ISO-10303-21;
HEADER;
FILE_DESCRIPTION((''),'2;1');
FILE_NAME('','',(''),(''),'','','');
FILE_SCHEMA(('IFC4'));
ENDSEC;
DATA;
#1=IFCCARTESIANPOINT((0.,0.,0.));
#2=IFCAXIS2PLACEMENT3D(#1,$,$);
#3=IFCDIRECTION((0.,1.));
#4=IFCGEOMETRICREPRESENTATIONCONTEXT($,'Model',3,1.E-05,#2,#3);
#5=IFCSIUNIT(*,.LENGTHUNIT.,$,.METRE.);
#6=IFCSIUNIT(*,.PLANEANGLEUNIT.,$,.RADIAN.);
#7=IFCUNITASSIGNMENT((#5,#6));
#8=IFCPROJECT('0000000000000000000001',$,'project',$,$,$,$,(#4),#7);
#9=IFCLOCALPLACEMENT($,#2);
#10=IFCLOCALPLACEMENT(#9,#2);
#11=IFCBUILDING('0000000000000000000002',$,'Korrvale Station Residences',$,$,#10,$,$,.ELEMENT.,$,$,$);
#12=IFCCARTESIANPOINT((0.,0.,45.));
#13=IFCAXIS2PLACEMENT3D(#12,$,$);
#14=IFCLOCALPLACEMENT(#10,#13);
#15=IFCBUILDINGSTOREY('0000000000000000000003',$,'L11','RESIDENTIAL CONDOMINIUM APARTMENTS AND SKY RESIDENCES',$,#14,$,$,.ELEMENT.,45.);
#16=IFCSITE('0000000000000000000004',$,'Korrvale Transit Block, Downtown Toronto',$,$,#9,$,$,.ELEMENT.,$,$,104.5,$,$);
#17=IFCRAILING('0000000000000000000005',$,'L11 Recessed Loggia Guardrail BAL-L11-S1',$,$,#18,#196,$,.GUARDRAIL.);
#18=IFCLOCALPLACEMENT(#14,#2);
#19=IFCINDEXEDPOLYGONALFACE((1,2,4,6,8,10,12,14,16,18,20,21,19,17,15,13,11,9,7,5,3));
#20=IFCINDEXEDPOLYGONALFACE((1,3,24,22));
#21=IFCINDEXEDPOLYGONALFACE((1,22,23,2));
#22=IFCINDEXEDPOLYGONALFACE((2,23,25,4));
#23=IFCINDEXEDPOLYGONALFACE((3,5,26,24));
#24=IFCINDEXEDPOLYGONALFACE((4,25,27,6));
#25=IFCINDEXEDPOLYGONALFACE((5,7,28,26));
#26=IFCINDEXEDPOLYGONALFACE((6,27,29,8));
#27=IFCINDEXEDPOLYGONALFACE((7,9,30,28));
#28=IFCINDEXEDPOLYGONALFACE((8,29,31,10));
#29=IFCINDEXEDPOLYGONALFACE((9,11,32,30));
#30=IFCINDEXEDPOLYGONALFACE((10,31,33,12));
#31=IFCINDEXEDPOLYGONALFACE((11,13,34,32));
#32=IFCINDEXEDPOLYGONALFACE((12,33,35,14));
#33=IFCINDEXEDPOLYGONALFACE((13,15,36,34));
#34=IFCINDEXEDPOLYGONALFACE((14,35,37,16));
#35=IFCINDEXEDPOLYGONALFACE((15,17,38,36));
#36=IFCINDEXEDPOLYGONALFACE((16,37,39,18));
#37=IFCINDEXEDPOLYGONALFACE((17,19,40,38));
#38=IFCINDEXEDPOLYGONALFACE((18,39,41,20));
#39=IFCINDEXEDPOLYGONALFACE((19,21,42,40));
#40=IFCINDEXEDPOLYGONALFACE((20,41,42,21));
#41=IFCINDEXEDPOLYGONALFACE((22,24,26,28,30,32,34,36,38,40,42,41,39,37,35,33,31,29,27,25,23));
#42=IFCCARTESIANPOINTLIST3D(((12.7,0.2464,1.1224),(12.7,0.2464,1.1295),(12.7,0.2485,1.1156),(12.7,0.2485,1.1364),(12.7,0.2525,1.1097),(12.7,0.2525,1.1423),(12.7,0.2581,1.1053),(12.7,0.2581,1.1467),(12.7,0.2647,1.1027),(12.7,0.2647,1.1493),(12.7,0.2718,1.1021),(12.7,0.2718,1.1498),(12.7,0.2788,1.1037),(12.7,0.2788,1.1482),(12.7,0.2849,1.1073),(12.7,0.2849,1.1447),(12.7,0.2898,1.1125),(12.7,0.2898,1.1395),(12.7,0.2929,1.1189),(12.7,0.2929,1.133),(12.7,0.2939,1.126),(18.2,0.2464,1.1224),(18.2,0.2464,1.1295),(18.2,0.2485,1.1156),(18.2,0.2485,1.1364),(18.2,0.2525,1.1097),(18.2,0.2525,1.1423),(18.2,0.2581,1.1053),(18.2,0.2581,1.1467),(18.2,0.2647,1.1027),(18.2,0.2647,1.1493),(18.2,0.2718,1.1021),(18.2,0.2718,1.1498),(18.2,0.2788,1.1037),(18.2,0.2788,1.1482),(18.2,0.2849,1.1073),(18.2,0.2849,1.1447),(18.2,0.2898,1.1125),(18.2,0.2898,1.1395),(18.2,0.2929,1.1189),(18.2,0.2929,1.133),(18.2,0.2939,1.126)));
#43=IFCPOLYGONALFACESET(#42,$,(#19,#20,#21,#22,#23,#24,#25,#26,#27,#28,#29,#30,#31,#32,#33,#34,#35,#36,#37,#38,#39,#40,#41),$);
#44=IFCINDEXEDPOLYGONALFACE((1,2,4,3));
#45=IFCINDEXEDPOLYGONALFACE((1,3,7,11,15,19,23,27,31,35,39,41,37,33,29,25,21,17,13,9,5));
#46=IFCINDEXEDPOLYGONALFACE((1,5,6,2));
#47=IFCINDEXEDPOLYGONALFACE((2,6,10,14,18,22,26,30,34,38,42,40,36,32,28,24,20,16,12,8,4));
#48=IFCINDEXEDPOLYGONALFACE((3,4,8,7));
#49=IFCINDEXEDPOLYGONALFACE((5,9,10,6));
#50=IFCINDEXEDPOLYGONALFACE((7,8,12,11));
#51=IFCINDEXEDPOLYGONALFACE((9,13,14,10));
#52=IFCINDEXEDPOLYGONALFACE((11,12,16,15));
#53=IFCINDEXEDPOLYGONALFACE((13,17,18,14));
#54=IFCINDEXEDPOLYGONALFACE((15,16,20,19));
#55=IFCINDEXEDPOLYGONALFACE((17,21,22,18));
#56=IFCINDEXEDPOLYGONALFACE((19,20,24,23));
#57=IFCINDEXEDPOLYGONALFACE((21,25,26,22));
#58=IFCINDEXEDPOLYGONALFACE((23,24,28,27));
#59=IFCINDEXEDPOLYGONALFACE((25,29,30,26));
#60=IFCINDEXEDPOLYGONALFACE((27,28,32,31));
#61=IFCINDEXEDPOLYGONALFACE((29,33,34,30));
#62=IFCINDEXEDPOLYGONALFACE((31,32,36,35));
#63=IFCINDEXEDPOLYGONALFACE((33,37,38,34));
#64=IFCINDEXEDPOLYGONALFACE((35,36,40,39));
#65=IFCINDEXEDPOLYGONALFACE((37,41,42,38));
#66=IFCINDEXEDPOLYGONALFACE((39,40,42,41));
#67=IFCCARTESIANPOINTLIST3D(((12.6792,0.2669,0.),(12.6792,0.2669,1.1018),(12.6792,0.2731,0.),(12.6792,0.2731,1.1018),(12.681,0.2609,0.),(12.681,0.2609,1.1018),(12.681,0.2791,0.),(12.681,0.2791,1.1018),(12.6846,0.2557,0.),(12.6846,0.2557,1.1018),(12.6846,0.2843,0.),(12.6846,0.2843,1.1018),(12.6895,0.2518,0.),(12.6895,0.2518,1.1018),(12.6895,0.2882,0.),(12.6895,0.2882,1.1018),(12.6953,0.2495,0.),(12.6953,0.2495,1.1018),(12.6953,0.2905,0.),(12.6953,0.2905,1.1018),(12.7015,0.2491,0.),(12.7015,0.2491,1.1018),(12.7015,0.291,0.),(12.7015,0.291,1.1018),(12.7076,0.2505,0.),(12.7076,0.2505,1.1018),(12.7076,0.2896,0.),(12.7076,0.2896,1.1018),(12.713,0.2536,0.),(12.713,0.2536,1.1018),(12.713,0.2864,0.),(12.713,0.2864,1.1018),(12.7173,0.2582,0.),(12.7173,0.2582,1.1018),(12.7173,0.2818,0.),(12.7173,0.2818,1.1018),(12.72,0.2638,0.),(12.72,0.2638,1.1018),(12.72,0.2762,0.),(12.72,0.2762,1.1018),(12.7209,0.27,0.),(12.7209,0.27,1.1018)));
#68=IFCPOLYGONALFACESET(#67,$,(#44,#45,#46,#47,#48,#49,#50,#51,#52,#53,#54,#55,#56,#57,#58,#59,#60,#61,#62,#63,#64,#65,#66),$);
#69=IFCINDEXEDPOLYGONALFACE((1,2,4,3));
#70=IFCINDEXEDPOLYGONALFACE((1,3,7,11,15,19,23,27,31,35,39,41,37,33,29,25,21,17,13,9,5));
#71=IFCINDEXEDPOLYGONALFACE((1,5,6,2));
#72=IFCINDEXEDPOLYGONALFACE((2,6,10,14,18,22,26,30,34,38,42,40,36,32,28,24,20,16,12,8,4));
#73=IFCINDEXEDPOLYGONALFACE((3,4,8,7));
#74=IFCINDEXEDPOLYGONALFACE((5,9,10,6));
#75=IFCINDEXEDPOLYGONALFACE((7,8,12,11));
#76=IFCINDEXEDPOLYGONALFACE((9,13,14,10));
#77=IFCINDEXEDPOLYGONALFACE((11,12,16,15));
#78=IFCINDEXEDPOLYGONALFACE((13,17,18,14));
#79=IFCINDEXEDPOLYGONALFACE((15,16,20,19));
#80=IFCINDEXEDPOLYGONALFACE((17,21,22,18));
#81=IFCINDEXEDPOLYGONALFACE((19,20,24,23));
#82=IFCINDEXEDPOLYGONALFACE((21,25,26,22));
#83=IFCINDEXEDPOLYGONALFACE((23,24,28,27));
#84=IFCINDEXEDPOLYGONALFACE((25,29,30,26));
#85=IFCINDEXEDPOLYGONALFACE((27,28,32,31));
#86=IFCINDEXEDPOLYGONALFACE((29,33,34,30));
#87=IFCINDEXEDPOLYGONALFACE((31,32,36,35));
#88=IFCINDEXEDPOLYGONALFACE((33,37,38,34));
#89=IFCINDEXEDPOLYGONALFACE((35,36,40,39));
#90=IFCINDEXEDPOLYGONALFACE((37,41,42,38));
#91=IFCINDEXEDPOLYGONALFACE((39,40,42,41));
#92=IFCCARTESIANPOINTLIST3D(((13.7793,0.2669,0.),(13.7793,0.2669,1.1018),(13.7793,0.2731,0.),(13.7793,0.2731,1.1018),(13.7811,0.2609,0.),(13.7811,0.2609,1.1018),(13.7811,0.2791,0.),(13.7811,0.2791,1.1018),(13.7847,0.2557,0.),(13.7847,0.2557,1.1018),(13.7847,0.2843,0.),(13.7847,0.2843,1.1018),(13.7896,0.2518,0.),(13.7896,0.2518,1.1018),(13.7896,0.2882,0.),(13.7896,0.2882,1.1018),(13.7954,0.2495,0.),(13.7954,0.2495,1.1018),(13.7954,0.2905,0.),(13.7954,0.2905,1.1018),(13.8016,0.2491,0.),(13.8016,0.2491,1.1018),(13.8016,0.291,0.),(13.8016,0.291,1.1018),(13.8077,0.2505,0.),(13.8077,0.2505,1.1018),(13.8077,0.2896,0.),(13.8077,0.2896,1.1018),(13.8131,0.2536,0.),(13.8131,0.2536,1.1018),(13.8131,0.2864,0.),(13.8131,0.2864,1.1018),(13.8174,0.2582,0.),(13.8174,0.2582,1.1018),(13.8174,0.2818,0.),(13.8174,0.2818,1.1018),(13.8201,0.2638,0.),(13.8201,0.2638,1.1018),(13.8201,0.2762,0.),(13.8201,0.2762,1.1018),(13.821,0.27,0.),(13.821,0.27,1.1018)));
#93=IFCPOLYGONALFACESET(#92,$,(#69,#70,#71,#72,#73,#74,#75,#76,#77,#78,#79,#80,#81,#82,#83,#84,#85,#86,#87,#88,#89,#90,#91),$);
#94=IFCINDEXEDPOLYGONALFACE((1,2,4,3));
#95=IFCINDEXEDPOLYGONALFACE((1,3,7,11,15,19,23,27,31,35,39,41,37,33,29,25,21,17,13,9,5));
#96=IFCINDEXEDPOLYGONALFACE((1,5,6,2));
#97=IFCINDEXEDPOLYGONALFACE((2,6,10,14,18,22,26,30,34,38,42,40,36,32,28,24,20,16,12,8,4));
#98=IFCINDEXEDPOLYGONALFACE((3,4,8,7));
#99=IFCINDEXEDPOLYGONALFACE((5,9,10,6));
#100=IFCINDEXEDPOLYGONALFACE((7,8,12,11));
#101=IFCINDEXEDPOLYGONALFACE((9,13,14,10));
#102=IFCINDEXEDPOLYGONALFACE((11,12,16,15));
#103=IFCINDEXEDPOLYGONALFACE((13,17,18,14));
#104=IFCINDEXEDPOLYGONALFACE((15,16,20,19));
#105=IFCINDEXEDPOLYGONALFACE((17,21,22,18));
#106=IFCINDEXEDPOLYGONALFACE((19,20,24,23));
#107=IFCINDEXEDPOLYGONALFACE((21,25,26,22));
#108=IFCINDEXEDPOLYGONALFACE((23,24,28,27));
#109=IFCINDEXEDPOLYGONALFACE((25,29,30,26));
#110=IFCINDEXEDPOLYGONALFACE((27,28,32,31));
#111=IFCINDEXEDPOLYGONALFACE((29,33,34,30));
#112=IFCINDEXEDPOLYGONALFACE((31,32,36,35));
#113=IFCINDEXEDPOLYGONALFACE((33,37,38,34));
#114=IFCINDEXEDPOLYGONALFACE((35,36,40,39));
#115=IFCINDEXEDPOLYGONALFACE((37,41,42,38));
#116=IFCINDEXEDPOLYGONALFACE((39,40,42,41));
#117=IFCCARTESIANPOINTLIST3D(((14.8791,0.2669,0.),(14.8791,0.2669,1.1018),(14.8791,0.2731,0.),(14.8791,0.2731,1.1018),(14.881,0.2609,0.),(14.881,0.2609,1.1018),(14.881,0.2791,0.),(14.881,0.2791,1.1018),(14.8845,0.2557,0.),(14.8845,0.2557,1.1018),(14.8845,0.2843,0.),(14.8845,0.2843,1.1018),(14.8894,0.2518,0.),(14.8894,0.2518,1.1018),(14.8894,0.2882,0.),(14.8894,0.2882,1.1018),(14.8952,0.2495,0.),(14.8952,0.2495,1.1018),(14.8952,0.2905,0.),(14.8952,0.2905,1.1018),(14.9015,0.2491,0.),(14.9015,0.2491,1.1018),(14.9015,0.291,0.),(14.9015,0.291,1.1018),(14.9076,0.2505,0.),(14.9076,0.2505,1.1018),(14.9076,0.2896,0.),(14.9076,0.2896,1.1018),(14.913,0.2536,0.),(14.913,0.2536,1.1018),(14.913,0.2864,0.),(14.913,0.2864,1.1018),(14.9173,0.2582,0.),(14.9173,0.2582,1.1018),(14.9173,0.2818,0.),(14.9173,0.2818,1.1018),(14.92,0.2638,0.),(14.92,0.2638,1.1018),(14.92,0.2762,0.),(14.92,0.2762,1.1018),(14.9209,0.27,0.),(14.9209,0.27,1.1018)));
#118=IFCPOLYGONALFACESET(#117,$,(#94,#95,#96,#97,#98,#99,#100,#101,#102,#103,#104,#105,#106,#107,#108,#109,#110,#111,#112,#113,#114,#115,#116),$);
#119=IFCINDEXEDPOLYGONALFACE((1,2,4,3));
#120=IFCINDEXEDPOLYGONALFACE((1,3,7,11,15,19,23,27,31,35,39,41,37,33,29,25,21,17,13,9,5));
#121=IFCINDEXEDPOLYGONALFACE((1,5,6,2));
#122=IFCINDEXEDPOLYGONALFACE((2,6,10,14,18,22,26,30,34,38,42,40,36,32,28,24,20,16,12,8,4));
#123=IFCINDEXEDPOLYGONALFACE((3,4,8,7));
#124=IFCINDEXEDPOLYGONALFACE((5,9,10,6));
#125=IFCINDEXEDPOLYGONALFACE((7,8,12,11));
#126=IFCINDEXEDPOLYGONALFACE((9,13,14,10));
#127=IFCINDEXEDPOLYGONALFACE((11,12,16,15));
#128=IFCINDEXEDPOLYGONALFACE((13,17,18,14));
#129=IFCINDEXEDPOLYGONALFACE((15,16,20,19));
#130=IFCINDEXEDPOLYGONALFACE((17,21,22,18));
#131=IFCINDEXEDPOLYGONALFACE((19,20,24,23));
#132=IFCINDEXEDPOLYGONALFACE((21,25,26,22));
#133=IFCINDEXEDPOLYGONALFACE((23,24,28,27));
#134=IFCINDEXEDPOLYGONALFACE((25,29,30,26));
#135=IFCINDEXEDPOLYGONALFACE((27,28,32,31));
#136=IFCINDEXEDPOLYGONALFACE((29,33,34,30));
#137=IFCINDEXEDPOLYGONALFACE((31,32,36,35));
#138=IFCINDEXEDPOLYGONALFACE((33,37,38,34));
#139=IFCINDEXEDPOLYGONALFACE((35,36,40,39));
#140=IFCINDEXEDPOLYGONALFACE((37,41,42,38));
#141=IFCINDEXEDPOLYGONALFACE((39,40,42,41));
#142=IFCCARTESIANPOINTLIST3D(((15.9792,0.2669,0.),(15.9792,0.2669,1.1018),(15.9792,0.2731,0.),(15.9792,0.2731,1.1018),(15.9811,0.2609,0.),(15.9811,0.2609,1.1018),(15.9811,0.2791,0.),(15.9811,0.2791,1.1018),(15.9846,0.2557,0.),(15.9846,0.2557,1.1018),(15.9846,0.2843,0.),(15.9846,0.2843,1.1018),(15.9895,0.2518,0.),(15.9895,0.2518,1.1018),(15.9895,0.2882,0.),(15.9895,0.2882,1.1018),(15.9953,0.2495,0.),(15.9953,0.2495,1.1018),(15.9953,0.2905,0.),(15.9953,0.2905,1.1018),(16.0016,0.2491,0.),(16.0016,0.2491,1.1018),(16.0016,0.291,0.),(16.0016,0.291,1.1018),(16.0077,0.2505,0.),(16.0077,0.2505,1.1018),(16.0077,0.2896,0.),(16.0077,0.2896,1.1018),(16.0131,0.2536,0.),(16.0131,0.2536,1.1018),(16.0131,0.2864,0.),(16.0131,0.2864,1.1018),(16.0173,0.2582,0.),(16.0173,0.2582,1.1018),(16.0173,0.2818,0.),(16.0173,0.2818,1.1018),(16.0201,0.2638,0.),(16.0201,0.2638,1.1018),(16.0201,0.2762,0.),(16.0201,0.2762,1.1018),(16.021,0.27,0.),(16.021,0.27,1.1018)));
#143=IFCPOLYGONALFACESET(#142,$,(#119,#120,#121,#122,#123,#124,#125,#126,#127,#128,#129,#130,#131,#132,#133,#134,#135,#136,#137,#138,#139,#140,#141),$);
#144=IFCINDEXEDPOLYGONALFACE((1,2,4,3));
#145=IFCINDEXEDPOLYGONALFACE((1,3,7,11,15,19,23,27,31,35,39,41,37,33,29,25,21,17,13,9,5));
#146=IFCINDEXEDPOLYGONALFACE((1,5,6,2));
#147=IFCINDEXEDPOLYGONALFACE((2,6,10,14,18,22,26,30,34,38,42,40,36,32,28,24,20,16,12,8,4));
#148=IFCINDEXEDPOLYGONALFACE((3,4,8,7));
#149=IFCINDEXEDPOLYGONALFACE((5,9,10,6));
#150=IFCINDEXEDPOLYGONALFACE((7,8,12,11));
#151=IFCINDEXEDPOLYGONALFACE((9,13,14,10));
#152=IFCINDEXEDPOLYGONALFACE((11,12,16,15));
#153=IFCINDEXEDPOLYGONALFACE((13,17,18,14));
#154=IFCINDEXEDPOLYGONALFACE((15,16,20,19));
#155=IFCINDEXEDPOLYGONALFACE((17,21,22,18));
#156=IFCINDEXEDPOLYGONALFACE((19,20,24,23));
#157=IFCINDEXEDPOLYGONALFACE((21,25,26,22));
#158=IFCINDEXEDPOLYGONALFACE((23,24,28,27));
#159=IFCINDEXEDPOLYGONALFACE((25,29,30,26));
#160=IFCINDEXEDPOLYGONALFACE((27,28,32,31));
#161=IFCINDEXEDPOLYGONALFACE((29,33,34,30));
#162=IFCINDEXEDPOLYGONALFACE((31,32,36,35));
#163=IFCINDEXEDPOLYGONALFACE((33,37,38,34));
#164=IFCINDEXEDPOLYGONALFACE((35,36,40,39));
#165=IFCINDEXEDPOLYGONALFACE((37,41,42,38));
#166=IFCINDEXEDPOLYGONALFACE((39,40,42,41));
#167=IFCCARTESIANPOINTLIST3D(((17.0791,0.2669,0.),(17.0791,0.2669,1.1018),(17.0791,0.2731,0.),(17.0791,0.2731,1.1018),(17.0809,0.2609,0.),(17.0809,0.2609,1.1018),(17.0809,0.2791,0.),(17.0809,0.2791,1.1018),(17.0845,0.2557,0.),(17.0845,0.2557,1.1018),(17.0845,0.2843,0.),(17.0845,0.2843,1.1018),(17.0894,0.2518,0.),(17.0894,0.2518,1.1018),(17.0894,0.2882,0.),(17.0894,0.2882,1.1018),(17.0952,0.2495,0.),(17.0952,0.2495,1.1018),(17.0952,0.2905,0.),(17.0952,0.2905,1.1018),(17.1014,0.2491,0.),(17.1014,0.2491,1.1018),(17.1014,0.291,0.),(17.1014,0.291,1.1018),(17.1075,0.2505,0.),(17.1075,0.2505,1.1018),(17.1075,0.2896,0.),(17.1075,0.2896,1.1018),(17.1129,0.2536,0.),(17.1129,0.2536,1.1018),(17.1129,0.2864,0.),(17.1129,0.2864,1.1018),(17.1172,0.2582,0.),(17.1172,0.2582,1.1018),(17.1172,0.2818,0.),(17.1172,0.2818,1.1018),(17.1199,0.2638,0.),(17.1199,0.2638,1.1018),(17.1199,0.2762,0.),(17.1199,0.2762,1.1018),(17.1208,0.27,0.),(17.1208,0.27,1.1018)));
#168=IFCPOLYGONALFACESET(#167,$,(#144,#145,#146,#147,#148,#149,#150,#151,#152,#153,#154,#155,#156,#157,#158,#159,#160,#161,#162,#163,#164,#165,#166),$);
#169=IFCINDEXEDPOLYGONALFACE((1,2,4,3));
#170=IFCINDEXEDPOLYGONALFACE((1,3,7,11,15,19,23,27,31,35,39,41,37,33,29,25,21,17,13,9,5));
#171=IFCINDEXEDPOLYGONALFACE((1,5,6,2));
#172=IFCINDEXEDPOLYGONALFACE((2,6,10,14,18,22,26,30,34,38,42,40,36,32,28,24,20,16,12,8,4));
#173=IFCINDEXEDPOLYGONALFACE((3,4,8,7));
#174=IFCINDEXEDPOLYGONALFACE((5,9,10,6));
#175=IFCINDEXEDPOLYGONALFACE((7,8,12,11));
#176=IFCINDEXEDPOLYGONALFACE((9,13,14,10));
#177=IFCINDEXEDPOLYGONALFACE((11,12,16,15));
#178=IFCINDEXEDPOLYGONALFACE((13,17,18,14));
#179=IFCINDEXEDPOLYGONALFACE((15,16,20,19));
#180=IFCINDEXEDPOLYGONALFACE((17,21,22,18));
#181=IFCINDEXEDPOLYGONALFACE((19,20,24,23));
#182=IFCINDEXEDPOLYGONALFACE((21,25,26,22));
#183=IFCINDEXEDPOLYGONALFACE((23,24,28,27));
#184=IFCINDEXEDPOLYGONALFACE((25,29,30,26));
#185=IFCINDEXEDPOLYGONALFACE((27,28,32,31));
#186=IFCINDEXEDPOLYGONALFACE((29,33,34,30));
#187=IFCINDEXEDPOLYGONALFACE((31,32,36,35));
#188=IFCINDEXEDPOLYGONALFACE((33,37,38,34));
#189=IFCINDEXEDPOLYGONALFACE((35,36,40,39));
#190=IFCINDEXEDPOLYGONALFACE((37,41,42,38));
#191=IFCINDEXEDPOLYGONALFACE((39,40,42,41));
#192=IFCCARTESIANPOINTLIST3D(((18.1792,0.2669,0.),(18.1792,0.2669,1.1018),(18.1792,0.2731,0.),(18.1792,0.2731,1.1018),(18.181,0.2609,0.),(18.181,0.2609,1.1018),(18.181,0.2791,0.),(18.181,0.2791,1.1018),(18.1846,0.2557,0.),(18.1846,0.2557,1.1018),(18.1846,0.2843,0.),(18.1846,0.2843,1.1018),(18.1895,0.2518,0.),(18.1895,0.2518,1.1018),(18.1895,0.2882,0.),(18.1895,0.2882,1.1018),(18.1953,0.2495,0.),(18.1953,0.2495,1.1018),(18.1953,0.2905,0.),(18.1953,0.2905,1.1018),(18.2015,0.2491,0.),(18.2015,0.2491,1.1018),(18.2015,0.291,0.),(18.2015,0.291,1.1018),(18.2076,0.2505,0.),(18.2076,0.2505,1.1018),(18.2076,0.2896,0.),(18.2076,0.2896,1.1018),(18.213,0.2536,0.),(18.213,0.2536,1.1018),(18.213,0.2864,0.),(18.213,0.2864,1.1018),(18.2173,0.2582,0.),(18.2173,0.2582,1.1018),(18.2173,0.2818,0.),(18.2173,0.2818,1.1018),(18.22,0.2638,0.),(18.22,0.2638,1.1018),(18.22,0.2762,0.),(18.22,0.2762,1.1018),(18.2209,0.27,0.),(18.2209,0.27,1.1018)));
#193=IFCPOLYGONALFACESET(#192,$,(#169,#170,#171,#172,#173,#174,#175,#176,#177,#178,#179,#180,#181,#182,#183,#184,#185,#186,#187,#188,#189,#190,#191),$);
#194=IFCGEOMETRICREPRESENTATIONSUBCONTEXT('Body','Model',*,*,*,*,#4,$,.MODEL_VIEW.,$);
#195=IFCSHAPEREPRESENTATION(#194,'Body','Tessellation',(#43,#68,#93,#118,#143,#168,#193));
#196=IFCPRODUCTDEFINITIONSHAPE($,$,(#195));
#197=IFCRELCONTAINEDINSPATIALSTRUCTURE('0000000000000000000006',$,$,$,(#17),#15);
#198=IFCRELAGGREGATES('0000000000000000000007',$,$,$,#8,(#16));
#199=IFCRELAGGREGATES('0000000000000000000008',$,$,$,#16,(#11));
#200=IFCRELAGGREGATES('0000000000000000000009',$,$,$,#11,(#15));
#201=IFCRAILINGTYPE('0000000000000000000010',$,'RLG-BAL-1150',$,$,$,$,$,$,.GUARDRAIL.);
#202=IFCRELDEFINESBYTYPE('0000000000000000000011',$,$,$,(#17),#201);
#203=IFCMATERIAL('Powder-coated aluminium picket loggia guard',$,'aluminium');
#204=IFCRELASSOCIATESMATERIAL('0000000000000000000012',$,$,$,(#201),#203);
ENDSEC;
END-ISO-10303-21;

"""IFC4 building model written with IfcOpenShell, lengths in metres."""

from ifc_helpers import new_model, si_unit, direction, frame, origin, origin_2d, place, context, subcontext, project, spatial, circle, extrude, material, type_object, element, save


model = new_model("IFC4")

# Units and contexts
model_context = context("Model", 3, precision=1e-05, world=origin(), true_north=direction((0.0, 1.0)))
body_context = subcontext(model_context, "Body", "Model", "MODEL_VIEW")
ifc_project = project(units=[si_unit("LENGTHUNIT", "METRE"), si_unit("PLANEANGLEUNIT", "RADIAN")], contexts=[model_context])

# Site, building, storey
site_placement = place(None, origin())
site = spatial("IfcSite", under=ifc_project, at=site_placement, Name="Korrvale Transit Block, Downtown Toronto", CompositionType="ELEMENT", RefElevation=104.5)
building_placement = place(site_placement, origin())
building = spatial("IfcBuilding", under=site, at=building_placement, Name="Korrvale Station Residences", CompositionType="ELEMENT")
storey_placement = place(building_placement, frame((0.0, 0.0, 45.0)))
storey = spatial("IfcBuildingStorey", under=building, at=storey_placement, Name="L11", Description="RESIDENTIAL CONDOMINIUM APARTMENTS AND SKY RESIDENCES", CompositionType="ELEMENT", Elevation=45.0)

# Railing
ifc_material_1 = material(Name="Powder-coated aluminium picket loggia guard", Category="aluminium")
railing_type = type_object("IfcRailingType", Name="RLG-BAL-1150", PredefinedType="GUARDRAIL", material=ifc_material_1)
railing_placement = place(storey_placement, frame((12.7, 0.27, 0.0)))
element("IfcRailing", 1, at=railing_placement, inside=storey, type_object=railing_type, Name="L11 Recessed Loggia Guardrail BAL-L11-S1", PredefinedType="GUARDRAIL", context=body_context, shape_type="SweptSolid", body=[
    extrude(circle(Radius=0.0239, at=origin_2d()), frame((0.0, 0.0, 1.126), z_axis=(1.0, 0.0, 0.0), x_axis=(0.0, 1.0, 0.0)), (0.0, 0.0, 1.0), 5.5),
    extrude(circle(Radius=0.021, at=origin_2d()), origin(), (0.0, 0.0, 1.0), 1.1018),
    extrude(circle(Radius=0.021, at=origin_2d()), frame((1.1001, 0.0, 0.0)), (0.0, 0.0, 1.0), 1.1018),
    extrude(circle(Radius=0.021, at=origin_2d()), frame((2.2, 0.0, 0.0)), (0.0, 0.0, 1.0), 1.1018),
    extrude(circle(Radius=0.021, at=origin_2d()), frame((3.3, 0.0, 0.0)), (0.0, 0.0, 1.0), 1.1018),
    extrude(circle(Radius=0.021, at=origin_2d()), frame((4.3999, 0.0, 0.0)), (0.0, 0.0, 1.0), 1.1018),
    extrude(circle(Radius=0.021, at=origin_2d()), frame((5.5, 0.0, 0.0)), (0.0, 0.0, 1.0), 1.1018),
])

save(model, "model.ifc")
